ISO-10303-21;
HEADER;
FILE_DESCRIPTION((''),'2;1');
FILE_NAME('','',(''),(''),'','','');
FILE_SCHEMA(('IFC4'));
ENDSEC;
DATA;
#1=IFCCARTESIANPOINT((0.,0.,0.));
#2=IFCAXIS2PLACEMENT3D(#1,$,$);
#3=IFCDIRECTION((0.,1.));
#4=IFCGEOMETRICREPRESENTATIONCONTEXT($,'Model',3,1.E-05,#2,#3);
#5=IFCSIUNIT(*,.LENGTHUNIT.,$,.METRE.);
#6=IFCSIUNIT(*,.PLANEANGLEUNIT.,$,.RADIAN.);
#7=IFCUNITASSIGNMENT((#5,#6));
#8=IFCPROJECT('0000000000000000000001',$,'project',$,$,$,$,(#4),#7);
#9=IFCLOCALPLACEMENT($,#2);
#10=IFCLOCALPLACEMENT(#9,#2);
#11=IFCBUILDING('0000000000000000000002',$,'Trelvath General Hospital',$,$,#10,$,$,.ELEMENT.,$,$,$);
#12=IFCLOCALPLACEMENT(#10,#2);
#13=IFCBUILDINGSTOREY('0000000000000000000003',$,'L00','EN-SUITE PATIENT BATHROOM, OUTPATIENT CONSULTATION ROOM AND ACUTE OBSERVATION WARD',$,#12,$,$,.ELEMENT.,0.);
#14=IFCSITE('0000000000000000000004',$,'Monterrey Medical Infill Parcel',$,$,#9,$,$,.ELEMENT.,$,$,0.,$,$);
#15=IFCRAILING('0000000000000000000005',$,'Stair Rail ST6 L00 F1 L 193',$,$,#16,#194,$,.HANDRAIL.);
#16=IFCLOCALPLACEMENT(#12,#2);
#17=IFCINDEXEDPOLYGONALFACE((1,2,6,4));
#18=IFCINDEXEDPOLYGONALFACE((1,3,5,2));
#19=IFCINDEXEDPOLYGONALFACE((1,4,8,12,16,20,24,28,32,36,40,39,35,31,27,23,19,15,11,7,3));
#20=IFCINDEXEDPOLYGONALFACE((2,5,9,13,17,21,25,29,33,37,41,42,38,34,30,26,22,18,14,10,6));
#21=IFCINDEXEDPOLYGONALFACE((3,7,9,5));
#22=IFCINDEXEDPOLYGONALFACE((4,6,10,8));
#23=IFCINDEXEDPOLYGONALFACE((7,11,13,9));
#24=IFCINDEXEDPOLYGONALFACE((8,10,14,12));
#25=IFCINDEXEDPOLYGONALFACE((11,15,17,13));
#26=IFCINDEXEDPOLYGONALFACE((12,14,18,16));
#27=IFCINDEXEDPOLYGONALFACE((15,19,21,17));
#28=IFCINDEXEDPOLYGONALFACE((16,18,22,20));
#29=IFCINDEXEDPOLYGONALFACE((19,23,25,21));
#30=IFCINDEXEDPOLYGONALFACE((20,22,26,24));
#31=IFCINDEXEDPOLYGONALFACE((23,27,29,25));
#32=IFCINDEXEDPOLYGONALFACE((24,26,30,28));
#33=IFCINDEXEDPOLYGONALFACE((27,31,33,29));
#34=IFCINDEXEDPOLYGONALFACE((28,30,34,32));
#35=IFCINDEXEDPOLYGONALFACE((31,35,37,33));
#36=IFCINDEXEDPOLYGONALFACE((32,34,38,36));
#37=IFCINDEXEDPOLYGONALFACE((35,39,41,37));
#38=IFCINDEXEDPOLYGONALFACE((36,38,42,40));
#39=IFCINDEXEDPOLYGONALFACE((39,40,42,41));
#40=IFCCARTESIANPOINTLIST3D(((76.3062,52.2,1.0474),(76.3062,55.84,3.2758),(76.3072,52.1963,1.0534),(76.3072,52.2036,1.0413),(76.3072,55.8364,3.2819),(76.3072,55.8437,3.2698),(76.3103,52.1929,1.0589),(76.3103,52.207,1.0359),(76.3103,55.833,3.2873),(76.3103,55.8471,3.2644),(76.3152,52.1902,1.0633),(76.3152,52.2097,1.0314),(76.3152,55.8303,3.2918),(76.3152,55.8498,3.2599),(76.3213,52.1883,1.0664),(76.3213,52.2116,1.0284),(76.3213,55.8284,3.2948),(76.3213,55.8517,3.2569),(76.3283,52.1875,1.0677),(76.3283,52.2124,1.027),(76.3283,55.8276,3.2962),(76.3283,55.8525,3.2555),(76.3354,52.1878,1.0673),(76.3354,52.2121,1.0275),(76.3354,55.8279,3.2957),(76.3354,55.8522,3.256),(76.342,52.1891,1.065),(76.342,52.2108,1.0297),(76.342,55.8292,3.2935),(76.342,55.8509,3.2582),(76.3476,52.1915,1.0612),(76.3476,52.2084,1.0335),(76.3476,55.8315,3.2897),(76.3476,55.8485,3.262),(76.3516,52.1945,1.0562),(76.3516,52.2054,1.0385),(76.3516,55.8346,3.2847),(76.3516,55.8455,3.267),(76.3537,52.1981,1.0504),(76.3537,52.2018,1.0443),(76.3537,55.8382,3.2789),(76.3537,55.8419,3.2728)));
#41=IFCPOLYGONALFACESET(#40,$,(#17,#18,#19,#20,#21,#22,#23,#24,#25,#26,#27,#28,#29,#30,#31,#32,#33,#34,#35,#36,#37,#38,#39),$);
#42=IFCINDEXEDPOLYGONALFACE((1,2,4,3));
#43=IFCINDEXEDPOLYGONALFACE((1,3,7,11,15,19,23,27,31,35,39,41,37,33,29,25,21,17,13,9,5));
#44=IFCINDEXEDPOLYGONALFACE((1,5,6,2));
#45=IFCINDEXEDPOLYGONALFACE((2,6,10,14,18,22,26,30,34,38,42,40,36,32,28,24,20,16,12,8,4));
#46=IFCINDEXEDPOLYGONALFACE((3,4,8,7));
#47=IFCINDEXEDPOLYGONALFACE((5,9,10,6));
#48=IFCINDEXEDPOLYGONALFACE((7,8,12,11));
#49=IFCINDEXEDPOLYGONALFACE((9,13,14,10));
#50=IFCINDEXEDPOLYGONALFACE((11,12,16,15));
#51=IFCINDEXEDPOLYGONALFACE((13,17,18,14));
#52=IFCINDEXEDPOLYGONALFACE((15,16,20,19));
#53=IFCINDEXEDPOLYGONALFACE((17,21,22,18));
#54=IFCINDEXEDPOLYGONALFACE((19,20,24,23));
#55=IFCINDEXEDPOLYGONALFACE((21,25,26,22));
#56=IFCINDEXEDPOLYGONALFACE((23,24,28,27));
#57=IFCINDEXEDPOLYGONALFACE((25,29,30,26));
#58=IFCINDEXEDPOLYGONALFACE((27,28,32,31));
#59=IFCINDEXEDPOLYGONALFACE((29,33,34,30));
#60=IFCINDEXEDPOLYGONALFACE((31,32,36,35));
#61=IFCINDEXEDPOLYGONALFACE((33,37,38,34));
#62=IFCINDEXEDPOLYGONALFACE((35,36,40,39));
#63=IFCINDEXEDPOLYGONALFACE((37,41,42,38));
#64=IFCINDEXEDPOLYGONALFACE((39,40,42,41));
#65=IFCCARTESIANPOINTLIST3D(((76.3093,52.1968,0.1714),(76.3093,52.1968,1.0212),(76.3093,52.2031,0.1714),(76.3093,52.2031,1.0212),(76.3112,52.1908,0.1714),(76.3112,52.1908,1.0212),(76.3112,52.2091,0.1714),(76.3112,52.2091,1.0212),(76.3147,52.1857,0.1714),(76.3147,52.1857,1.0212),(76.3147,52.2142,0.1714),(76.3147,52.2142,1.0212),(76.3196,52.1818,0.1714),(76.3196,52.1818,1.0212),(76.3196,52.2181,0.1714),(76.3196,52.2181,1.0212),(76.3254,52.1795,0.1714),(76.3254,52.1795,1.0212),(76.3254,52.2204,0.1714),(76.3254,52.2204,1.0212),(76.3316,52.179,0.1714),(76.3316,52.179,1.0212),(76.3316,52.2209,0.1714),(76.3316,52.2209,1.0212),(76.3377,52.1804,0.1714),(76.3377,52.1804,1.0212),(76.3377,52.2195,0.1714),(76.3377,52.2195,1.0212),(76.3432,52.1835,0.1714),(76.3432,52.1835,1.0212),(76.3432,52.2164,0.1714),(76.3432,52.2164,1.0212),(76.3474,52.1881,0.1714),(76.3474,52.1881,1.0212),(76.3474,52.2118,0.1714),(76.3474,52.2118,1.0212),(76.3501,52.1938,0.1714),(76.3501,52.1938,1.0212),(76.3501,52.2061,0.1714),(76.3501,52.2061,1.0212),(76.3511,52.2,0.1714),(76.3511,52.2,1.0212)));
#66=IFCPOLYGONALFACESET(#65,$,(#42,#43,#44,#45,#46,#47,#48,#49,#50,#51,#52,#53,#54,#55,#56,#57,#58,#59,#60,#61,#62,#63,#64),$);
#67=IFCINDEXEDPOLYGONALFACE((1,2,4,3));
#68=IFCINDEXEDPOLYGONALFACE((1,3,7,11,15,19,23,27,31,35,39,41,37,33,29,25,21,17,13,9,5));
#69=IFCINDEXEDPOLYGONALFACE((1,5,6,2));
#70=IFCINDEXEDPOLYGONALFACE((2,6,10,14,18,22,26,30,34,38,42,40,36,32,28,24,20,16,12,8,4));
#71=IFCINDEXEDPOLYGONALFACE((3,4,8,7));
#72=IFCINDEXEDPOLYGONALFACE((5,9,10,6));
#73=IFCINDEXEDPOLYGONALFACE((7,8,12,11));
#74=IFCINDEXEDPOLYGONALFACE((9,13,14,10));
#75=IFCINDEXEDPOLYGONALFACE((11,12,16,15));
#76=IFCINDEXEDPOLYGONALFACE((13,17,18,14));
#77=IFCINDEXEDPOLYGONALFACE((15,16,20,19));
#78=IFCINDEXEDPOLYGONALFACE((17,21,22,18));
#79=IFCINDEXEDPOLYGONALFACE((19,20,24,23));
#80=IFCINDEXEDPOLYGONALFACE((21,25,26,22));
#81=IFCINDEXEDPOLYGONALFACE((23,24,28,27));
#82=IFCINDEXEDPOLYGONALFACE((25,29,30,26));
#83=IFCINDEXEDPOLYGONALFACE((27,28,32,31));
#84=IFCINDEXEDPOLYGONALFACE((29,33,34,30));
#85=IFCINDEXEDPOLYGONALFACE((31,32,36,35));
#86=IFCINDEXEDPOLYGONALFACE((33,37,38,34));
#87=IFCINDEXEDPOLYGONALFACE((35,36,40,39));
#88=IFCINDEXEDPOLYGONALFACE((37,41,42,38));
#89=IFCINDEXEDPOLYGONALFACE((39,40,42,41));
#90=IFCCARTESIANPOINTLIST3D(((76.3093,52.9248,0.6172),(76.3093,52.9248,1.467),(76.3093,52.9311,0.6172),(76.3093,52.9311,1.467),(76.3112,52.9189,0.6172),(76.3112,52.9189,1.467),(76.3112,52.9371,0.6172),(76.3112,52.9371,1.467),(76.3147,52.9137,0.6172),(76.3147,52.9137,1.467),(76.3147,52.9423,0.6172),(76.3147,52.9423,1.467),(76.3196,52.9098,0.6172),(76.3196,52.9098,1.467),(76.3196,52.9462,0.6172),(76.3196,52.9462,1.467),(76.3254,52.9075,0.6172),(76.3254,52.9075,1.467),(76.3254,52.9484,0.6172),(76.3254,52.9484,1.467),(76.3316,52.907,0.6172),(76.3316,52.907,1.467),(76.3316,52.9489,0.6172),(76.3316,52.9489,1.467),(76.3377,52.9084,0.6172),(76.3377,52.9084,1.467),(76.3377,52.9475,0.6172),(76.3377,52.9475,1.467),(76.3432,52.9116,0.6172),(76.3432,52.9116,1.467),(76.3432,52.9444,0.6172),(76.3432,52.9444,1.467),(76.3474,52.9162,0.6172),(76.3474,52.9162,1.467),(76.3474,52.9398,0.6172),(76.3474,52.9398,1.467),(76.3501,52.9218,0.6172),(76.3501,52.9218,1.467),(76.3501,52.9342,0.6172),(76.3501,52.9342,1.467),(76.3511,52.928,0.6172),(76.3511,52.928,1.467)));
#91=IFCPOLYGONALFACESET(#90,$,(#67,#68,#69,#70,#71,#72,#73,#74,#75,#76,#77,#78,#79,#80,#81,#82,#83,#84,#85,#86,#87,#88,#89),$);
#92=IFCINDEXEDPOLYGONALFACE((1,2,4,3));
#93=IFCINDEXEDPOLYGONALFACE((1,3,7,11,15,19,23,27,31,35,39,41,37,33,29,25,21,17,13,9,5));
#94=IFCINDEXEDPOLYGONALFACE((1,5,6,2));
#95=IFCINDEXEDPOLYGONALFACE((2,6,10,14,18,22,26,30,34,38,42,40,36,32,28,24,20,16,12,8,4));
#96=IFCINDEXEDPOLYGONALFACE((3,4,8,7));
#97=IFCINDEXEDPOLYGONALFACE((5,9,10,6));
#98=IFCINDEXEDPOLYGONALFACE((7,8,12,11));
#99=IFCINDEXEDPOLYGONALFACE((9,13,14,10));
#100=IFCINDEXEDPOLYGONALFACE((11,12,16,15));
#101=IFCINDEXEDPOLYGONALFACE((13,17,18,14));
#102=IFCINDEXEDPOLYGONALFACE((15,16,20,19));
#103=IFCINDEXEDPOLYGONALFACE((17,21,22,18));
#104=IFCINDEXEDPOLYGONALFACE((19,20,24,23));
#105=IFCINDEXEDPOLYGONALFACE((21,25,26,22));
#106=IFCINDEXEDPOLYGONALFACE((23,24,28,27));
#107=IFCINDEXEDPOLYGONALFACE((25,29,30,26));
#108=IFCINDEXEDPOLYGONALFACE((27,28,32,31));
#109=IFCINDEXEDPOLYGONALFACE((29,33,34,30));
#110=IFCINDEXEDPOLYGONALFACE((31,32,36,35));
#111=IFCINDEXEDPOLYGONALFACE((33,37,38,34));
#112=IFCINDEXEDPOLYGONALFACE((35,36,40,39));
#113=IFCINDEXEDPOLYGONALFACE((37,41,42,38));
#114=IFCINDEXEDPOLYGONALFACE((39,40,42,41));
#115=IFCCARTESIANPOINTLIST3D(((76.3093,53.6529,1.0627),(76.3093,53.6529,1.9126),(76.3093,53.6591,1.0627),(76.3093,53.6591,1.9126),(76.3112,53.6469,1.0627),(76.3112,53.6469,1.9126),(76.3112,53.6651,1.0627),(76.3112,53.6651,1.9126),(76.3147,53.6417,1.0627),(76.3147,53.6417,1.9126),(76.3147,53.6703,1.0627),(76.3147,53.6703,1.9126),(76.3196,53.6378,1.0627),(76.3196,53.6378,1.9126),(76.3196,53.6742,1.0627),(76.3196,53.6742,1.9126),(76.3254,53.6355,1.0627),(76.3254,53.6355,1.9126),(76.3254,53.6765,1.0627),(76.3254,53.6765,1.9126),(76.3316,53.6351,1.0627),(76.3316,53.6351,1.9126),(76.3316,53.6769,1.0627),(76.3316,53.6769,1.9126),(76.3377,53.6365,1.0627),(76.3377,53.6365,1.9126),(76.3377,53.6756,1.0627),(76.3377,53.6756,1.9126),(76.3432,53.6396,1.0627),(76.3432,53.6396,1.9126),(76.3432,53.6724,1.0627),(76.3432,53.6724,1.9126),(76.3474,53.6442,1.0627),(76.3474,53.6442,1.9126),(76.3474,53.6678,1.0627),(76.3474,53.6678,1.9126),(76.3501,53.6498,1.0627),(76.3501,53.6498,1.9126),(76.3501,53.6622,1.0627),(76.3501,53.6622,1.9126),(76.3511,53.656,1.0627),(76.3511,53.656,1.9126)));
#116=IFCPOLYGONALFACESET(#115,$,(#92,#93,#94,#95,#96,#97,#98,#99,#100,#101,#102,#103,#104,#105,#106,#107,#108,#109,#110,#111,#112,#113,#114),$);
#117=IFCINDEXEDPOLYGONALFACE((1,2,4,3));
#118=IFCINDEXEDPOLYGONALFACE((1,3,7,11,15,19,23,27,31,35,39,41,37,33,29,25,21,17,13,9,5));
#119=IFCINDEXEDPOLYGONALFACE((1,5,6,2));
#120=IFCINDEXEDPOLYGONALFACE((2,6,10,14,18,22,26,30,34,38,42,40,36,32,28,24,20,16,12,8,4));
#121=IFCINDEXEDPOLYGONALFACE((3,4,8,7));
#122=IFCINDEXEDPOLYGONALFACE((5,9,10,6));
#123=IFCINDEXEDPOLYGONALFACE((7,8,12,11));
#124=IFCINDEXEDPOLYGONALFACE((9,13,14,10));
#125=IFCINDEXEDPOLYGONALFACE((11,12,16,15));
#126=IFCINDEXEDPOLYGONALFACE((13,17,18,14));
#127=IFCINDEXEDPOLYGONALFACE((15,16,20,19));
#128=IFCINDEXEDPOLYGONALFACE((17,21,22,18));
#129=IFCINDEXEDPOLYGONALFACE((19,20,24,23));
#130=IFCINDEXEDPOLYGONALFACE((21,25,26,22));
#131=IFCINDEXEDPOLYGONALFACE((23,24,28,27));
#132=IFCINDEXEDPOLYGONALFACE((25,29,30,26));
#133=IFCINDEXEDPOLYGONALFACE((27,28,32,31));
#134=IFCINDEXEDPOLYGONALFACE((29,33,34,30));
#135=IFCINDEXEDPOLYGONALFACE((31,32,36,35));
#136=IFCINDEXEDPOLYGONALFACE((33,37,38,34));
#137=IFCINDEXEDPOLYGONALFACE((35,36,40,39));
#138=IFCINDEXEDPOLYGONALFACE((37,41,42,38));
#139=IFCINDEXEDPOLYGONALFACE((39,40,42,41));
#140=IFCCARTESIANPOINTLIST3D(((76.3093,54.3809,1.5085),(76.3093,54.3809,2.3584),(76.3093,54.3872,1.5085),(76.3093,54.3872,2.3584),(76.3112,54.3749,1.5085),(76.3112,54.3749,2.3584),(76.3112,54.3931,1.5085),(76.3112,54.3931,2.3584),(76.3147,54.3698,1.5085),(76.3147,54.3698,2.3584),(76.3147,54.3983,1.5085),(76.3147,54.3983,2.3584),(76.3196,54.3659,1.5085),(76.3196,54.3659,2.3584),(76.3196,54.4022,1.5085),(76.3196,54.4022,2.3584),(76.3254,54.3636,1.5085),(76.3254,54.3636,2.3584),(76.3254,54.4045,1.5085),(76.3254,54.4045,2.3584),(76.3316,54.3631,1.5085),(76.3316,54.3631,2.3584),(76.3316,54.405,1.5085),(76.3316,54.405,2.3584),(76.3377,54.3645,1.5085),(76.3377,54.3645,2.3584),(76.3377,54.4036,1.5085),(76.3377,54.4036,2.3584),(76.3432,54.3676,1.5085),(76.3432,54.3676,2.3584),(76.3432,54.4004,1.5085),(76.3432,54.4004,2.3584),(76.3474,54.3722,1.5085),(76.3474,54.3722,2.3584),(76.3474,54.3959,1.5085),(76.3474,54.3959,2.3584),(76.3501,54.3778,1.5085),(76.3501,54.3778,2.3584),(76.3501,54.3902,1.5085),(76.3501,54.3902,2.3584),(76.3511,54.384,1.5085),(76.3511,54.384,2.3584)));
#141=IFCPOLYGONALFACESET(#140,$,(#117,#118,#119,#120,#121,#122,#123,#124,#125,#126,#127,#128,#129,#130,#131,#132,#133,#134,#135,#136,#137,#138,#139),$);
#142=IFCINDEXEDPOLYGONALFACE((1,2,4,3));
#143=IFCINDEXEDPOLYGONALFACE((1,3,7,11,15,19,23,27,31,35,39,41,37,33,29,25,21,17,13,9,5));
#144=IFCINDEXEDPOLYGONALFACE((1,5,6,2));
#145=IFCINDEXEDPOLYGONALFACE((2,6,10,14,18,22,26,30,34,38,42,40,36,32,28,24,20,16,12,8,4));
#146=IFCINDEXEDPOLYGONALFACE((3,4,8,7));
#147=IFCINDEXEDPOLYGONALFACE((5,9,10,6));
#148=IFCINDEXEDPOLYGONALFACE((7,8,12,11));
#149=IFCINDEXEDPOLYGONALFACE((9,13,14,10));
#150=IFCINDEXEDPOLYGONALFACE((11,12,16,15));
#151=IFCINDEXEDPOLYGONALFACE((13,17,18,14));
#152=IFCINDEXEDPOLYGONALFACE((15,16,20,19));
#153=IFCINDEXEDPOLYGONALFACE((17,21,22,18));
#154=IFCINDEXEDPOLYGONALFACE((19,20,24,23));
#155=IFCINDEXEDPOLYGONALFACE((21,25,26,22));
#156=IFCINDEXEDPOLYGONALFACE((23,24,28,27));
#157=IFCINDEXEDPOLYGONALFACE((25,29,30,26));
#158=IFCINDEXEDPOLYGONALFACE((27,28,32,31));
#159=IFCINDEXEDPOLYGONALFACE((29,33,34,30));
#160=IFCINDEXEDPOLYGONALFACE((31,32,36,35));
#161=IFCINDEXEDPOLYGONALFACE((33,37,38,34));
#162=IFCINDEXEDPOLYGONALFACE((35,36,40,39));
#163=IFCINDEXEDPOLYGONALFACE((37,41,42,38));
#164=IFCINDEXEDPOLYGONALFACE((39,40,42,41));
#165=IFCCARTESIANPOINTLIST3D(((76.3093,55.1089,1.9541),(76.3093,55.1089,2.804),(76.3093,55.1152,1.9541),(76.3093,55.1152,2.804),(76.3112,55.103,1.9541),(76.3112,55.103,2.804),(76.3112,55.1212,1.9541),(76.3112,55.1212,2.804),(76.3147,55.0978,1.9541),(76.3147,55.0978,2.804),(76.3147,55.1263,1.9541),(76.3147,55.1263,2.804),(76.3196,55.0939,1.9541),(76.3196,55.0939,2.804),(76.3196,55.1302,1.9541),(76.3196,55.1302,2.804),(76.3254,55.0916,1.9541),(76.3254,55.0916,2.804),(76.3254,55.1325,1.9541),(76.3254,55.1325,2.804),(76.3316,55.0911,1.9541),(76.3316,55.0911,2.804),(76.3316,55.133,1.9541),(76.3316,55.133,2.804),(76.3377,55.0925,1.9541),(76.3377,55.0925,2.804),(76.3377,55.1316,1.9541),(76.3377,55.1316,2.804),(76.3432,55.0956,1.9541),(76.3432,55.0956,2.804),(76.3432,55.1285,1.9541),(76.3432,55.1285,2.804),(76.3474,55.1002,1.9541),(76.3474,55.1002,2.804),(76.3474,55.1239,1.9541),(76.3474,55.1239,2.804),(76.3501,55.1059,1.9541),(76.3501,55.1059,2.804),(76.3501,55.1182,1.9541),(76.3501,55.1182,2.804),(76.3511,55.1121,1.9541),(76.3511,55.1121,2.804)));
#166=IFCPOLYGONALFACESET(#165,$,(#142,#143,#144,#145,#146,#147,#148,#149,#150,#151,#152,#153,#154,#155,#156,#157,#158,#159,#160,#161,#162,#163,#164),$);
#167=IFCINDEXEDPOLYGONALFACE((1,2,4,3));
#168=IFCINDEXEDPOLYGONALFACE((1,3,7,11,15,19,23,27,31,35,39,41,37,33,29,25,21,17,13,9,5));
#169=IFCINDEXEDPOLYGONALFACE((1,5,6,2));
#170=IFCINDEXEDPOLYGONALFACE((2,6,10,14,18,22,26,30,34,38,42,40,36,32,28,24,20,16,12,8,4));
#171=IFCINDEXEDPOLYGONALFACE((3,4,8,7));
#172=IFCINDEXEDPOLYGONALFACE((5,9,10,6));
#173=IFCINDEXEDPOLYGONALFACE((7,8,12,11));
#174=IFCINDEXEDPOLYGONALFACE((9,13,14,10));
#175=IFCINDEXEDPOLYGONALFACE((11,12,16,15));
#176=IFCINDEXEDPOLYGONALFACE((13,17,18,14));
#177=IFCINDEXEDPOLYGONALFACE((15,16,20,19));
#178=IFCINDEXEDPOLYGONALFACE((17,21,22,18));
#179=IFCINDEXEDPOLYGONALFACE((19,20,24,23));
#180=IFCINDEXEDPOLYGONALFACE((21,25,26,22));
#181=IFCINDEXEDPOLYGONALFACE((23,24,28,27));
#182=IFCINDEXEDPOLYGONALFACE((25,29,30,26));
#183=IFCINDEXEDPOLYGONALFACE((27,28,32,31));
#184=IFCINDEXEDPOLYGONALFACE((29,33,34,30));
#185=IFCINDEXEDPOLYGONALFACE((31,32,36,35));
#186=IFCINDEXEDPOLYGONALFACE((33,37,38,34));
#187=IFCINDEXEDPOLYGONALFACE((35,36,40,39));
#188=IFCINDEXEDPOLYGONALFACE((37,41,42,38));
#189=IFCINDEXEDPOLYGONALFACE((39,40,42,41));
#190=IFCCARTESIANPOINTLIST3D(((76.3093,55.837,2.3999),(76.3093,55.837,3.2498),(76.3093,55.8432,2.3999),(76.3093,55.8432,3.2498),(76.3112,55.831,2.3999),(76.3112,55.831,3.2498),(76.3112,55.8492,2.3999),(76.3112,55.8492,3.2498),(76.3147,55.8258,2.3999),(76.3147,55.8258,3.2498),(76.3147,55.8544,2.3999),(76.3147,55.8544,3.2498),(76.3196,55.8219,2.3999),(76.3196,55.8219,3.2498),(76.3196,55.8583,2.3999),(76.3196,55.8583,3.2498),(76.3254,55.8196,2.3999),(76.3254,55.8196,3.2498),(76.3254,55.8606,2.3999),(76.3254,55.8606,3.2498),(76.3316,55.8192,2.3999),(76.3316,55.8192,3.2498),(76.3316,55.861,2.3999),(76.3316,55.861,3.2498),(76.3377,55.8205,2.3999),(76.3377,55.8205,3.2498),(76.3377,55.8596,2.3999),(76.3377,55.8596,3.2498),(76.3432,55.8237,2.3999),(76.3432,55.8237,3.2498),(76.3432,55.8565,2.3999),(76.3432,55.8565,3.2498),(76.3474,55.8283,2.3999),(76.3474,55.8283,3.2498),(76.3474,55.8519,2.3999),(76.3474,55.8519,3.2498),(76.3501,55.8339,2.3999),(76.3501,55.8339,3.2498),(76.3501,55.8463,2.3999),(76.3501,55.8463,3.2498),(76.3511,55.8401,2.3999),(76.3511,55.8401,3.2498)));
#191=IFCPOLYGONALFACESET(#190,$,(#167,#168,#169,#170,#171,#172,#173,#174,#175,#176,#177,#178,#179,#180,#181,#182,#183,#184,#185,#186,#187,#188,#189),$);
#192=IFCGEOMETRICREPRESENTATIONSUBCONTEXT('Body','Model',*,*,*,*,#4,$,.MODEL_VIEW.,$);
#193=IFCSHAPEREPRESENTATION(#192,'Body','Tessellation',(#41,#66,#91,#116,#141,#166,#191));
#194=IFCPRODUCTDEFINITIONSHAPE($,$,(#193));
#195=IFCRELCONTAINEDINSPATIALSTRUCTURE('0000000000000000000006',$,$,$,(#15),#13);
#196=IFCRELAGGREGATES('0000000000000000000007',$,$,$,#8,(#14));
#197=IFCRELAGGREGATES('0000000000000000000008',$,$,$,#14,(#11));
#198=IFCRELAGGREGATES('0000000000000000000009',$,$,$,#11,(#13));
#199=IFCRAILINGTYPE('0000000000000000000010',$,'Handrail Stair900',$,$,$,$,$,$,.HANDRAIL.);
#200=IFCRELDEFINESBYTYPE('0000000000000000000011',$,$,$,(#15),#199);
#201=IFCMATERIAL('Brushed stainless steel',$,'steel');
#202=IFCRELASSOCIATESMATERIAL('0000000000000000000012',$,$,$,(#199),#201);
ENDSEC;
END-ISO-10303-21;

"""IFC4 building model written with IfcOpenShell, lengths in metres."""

from ifc_helpers import new_model, si_unit, direction, frame, origin, origin_2d, place, context, subcontext, project, spatial, circle, extrude, material, type_object, element, save


model = new_model("IFC4")

# Units and contexts
model_context = context("Model", 3, precision=1e-05, world=origin(), true_north=direction((0.0, 1.0)))
body_context = subcontext(model_context, "Body", "Model", "MODEL_VIEW")
ifc_project = project(units=[si_unit("LENGTHUNIT", "METRE"), si_unit("PLANEANGLEUNIT", "RADIAN")], contexts=[model_context])

# Site, building, storey
site_placement = place(None, origin())
site = spatial("IfcSite", under=ifc_project, at=site_placement, Name="Monterrey Medical Infill Parcel", CompositionType="ELEMENT", RefElevation=0.0)
building_placement = place(site_placement, origin())
building = spatial("IfcBuilding", under=site, at=building_placement, Name="Trelvath General Hospital", CompositionType="ELEMENT")
storey_placement = place(building_placement, origin())
storey = spatial("IfcBuildingStorey", under=building, at=storey_placement, Name="L00", Description="EN-SUITE PATIENT BATHROOM, OUTPATIENT CONSULTATION ROOM AND ACUTE OBSERVATION WARD", CompositionType="ELEMENT", Elevation=0.0)

# Railing
ifc_material_1 = material(Name="Brushed stainless steel", Category="steel")
railing_type_1 = type_object("IfcRailingType", Name="Handrail Stair900", PredefinedType="HANDRAIL", material=ifc_material_1)
railing_1_placement = place(storey_placement, frame((76.3301, 52.2, 0.1714)))
element("IfcRailing", 1, at=railing_1_placement, inside=storey, type_object=railing_type_1, Name="Stair Rail ST6 L00 F1 L 193", PredefinedType="HANDRAIL", context=body_context, shape_type="SweptSolid", body=[
    extrude(circle(Radius=0.0239, at=origin_2d()), frame((0.0, 0.0, 0.876), z_axis=(0.0, 0.852866, 0.52213), x_axis=(-1.0, 0.0, 0.0)), (0.0, 0.0, 1.0), 4.2681),
    extrude(circle(Radius=0.021, at=origin_2d()), origin(), (0.0, 0.0, 1.0), 0.8499),
    extrude(circle(Radius=0.021, at=origin_2d()), frame((0.0, 0.728, 0.4458)), (0.0, 0.0, 1.0), 0.8499),
    extrude(circle(Radius=0.021, at=origin_2d()), frame((0.0, 1.4561, 0.8914)), (0.0, 0.0, 1.0), 0.8499),
    extrude(circle(Radius=0.021, at=origin_2d()), frame((0.0, 2.1841, 1.3372)), (0.0, 0.0, 1.0), 0.8499),
    extrude(circle(Radius=0.021, at=origin_2d()), frame((0.0, 2.9121, 1.7827)), (0.0, 0.0, 1.0), 0.8499),
    extrude(circle(Radius=0.021, at=origin_2d()), frame((0.0, 3.6401, 2.2285)), (0.0, 0.0, 1.0), 0.8499),
])

save(model, "model.ifc")
